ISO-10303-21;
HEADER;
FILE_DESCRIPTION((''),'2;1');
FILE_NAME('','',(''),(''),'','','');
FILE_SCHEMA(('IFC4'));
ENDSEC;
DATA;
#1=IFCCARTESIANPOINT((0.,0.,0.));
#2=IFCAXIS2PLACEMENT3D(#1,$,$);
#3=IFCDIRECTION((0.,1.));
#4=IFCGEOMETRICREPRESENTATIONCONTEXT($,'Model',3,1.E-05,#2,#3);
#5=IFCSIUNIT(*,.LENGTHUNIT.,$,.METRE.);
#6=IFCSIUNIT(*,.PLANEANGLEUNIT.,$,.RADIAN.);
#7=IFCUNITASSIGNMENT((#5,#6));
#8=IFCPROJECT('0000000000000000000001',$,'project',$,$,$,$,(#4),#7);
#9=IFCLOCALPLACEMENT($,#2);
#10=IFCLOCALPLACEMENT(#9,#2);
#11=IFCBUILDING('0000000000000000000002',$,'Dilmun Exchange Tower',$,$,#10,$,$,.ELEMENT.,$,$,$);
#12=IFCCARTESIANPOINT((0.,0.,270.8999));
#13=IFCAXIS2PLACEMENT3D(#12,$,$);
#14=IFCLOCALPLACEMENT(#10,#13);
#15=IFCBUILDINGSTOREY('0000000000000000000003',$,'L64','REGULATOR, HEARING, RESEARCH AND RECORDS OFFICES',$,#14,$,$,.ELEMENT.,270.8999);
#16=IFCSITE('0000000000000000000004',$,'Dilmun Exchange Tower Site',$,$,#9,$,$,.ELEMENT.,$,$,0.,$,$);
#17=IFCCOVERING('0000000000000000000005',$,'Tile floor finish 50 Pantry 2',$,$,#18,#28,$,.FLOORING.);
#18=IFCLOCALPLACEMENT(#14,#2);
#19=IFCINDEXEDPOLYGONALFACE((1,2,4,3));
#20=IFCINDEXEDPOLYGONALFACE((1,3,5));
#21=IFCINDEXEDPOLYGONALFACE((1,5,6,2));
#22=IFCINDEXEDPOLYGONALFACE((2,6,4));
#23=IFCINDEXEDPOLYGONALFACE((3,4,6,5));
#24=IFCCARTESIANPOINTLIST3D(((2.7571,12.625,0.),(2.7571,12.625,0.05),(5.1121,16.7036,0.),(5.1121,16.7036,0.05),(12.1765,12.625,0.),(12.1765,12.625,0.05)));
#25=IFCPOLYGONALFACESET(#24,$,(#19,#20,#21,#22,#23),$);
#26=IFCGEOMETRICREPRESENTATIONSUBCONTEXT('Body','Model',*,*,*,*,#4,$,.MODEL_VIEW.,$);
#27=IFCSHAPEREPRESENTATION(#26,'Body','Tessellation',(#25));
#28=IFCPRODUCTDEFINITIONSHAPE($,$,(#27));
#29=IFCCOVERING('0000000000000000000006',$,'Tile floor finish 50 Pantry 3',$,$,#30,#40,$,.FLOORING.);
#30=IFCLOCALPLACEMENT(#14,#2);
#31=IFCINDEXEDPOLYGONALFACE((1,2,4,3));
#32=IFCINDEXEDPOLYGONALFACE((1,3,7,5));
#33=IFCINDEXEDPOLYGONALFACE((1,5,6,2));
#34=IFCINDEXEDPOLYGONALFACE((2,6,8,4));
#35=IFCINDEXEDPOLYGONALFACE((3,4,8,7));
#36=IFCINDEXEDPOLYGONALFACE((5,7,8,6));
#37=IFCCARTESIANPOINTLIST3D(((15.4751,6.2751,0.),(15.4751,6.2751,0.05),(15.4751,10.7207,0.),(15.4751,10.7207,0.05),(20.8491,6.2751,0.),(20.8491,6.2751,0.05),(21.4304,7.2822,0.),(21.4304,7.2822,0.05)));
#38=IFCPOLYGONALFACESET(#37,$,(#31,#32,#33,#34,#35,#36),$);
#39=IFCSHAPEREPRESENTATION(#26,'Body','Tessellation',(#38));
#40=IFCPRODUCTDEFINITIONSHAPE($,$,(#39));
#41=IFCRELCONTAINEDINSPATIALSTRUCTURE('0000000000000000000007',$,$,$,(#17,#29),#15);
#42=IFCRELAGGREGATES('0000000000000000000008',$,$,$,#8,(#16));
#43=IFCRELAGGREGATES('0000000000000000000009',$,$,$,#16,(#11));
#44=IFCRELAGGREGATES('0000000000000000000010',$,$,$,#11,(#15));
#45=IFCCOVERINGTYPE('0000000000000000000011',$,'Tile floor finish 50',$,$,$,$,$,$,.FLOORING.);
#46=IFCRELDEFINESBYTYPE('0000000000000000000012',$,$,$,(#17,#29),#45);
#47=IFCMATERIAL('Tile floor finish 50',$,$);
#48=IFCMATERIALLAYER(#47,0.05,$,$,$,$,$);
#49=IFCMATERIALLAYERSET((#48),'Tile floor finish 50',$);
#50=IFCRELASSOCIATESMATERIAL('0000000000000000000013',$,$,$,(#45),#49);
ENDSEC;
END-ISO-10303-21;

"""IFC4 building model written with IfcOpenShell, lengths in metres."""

from ifc_helpers import new_model, si_unit, direction, frame, origin, place, context, subcontext, project, spatial, polyline, outline, extrude, material, layer, layer_set, type_object, element, save


model = new_model("IFC4")

# Units and contexts
model_context = context("Model", 3, precision=1e-05, world=origin(), true_north=direction((0.0, 1.0)))
body_context = subcontext(model_context, "Body", "Model", "MODEL_VIEW")
ifc_project = project(units=[si_unit("LENGTHUNIT", "METRE"), si_unit("PLANEANGLEUNIT", "RADIAN")], contexts=[model_context])

# Site, building, storey
site_placement = place(None, origin())
site = spatial("IfcSite", under=ifc_project, at=site_placement, Name="Dilmun Exchange Tower Site", CompositionType="ELEMENT", RefElevation=0.0)
building_placement = place(site_placement, origin())
building = spatial("IfcBuilding", under=site, at=building_placement, Name="Dilmun Exchange Tower", CompositionType="ELEMENT")
storey_placement = place(building_placement, frame((0.0, 0.0, 270.8999)))
storey = spatial("IfcBuildingStorey", under=building, at=storey_placement, Name="L64", Description="REGULATOR, HEARING, RESEARCH AND RECORDS OFFICES", CompositionType="ELEMENT", Elevation=270.8999)

# Coverings
ifc_material_1 = material(Name="Tile floor finish 50")
ifc_layer_1 = layer(ifc_material_1, 0.05)
ifc_layer_set_1 = layer_set([ifc_layer_1], Name="Tile floor finish 50")
covering_type_1 = type_object("IfcCoveringType", Name="Tile floor finish 50", PredefinedType="FLOORING", material=ifc_layer_set_1)
covering_1_placement = place(storey_placement, origin())
element("IfcCovering", 1, at=covering_1_placement, inside=storey, type_object=covering_type_1, Name="Tile floor finish 50 Pantry 2", PredefinedType="FLOORING", context=body_context, shape_type="SweptSolid", body=[
    extrude(outline(polyline([(12.1765, 12.625), (2.7571, 12.625), (5.1121, 16.7036), (12.1765, 12.625)])), origin(), (0.0, 0.0, 1.0), 0.05),
])
covering_2_placement = place(storey_placement, origin())
element("IfcCovering", 2, at=covering_2_placement, inside=storey, type_object=covering_type_1, Name="Tile floor finish 50 Pantry 3", PredefinedType="FLOORING", context=body_context, shape_type="SweptSolid", body=[
    extrude(outline(polyline([(21.4304, 7.2822), (20.8491, 6.2751), (15.4751, 6.2751), (15.4751, 10.7207), (21.4304, 7.2822)])), origin(), (0.0, 0.0, 1.0), 0.05),
])

save(model, "model.ifc")
